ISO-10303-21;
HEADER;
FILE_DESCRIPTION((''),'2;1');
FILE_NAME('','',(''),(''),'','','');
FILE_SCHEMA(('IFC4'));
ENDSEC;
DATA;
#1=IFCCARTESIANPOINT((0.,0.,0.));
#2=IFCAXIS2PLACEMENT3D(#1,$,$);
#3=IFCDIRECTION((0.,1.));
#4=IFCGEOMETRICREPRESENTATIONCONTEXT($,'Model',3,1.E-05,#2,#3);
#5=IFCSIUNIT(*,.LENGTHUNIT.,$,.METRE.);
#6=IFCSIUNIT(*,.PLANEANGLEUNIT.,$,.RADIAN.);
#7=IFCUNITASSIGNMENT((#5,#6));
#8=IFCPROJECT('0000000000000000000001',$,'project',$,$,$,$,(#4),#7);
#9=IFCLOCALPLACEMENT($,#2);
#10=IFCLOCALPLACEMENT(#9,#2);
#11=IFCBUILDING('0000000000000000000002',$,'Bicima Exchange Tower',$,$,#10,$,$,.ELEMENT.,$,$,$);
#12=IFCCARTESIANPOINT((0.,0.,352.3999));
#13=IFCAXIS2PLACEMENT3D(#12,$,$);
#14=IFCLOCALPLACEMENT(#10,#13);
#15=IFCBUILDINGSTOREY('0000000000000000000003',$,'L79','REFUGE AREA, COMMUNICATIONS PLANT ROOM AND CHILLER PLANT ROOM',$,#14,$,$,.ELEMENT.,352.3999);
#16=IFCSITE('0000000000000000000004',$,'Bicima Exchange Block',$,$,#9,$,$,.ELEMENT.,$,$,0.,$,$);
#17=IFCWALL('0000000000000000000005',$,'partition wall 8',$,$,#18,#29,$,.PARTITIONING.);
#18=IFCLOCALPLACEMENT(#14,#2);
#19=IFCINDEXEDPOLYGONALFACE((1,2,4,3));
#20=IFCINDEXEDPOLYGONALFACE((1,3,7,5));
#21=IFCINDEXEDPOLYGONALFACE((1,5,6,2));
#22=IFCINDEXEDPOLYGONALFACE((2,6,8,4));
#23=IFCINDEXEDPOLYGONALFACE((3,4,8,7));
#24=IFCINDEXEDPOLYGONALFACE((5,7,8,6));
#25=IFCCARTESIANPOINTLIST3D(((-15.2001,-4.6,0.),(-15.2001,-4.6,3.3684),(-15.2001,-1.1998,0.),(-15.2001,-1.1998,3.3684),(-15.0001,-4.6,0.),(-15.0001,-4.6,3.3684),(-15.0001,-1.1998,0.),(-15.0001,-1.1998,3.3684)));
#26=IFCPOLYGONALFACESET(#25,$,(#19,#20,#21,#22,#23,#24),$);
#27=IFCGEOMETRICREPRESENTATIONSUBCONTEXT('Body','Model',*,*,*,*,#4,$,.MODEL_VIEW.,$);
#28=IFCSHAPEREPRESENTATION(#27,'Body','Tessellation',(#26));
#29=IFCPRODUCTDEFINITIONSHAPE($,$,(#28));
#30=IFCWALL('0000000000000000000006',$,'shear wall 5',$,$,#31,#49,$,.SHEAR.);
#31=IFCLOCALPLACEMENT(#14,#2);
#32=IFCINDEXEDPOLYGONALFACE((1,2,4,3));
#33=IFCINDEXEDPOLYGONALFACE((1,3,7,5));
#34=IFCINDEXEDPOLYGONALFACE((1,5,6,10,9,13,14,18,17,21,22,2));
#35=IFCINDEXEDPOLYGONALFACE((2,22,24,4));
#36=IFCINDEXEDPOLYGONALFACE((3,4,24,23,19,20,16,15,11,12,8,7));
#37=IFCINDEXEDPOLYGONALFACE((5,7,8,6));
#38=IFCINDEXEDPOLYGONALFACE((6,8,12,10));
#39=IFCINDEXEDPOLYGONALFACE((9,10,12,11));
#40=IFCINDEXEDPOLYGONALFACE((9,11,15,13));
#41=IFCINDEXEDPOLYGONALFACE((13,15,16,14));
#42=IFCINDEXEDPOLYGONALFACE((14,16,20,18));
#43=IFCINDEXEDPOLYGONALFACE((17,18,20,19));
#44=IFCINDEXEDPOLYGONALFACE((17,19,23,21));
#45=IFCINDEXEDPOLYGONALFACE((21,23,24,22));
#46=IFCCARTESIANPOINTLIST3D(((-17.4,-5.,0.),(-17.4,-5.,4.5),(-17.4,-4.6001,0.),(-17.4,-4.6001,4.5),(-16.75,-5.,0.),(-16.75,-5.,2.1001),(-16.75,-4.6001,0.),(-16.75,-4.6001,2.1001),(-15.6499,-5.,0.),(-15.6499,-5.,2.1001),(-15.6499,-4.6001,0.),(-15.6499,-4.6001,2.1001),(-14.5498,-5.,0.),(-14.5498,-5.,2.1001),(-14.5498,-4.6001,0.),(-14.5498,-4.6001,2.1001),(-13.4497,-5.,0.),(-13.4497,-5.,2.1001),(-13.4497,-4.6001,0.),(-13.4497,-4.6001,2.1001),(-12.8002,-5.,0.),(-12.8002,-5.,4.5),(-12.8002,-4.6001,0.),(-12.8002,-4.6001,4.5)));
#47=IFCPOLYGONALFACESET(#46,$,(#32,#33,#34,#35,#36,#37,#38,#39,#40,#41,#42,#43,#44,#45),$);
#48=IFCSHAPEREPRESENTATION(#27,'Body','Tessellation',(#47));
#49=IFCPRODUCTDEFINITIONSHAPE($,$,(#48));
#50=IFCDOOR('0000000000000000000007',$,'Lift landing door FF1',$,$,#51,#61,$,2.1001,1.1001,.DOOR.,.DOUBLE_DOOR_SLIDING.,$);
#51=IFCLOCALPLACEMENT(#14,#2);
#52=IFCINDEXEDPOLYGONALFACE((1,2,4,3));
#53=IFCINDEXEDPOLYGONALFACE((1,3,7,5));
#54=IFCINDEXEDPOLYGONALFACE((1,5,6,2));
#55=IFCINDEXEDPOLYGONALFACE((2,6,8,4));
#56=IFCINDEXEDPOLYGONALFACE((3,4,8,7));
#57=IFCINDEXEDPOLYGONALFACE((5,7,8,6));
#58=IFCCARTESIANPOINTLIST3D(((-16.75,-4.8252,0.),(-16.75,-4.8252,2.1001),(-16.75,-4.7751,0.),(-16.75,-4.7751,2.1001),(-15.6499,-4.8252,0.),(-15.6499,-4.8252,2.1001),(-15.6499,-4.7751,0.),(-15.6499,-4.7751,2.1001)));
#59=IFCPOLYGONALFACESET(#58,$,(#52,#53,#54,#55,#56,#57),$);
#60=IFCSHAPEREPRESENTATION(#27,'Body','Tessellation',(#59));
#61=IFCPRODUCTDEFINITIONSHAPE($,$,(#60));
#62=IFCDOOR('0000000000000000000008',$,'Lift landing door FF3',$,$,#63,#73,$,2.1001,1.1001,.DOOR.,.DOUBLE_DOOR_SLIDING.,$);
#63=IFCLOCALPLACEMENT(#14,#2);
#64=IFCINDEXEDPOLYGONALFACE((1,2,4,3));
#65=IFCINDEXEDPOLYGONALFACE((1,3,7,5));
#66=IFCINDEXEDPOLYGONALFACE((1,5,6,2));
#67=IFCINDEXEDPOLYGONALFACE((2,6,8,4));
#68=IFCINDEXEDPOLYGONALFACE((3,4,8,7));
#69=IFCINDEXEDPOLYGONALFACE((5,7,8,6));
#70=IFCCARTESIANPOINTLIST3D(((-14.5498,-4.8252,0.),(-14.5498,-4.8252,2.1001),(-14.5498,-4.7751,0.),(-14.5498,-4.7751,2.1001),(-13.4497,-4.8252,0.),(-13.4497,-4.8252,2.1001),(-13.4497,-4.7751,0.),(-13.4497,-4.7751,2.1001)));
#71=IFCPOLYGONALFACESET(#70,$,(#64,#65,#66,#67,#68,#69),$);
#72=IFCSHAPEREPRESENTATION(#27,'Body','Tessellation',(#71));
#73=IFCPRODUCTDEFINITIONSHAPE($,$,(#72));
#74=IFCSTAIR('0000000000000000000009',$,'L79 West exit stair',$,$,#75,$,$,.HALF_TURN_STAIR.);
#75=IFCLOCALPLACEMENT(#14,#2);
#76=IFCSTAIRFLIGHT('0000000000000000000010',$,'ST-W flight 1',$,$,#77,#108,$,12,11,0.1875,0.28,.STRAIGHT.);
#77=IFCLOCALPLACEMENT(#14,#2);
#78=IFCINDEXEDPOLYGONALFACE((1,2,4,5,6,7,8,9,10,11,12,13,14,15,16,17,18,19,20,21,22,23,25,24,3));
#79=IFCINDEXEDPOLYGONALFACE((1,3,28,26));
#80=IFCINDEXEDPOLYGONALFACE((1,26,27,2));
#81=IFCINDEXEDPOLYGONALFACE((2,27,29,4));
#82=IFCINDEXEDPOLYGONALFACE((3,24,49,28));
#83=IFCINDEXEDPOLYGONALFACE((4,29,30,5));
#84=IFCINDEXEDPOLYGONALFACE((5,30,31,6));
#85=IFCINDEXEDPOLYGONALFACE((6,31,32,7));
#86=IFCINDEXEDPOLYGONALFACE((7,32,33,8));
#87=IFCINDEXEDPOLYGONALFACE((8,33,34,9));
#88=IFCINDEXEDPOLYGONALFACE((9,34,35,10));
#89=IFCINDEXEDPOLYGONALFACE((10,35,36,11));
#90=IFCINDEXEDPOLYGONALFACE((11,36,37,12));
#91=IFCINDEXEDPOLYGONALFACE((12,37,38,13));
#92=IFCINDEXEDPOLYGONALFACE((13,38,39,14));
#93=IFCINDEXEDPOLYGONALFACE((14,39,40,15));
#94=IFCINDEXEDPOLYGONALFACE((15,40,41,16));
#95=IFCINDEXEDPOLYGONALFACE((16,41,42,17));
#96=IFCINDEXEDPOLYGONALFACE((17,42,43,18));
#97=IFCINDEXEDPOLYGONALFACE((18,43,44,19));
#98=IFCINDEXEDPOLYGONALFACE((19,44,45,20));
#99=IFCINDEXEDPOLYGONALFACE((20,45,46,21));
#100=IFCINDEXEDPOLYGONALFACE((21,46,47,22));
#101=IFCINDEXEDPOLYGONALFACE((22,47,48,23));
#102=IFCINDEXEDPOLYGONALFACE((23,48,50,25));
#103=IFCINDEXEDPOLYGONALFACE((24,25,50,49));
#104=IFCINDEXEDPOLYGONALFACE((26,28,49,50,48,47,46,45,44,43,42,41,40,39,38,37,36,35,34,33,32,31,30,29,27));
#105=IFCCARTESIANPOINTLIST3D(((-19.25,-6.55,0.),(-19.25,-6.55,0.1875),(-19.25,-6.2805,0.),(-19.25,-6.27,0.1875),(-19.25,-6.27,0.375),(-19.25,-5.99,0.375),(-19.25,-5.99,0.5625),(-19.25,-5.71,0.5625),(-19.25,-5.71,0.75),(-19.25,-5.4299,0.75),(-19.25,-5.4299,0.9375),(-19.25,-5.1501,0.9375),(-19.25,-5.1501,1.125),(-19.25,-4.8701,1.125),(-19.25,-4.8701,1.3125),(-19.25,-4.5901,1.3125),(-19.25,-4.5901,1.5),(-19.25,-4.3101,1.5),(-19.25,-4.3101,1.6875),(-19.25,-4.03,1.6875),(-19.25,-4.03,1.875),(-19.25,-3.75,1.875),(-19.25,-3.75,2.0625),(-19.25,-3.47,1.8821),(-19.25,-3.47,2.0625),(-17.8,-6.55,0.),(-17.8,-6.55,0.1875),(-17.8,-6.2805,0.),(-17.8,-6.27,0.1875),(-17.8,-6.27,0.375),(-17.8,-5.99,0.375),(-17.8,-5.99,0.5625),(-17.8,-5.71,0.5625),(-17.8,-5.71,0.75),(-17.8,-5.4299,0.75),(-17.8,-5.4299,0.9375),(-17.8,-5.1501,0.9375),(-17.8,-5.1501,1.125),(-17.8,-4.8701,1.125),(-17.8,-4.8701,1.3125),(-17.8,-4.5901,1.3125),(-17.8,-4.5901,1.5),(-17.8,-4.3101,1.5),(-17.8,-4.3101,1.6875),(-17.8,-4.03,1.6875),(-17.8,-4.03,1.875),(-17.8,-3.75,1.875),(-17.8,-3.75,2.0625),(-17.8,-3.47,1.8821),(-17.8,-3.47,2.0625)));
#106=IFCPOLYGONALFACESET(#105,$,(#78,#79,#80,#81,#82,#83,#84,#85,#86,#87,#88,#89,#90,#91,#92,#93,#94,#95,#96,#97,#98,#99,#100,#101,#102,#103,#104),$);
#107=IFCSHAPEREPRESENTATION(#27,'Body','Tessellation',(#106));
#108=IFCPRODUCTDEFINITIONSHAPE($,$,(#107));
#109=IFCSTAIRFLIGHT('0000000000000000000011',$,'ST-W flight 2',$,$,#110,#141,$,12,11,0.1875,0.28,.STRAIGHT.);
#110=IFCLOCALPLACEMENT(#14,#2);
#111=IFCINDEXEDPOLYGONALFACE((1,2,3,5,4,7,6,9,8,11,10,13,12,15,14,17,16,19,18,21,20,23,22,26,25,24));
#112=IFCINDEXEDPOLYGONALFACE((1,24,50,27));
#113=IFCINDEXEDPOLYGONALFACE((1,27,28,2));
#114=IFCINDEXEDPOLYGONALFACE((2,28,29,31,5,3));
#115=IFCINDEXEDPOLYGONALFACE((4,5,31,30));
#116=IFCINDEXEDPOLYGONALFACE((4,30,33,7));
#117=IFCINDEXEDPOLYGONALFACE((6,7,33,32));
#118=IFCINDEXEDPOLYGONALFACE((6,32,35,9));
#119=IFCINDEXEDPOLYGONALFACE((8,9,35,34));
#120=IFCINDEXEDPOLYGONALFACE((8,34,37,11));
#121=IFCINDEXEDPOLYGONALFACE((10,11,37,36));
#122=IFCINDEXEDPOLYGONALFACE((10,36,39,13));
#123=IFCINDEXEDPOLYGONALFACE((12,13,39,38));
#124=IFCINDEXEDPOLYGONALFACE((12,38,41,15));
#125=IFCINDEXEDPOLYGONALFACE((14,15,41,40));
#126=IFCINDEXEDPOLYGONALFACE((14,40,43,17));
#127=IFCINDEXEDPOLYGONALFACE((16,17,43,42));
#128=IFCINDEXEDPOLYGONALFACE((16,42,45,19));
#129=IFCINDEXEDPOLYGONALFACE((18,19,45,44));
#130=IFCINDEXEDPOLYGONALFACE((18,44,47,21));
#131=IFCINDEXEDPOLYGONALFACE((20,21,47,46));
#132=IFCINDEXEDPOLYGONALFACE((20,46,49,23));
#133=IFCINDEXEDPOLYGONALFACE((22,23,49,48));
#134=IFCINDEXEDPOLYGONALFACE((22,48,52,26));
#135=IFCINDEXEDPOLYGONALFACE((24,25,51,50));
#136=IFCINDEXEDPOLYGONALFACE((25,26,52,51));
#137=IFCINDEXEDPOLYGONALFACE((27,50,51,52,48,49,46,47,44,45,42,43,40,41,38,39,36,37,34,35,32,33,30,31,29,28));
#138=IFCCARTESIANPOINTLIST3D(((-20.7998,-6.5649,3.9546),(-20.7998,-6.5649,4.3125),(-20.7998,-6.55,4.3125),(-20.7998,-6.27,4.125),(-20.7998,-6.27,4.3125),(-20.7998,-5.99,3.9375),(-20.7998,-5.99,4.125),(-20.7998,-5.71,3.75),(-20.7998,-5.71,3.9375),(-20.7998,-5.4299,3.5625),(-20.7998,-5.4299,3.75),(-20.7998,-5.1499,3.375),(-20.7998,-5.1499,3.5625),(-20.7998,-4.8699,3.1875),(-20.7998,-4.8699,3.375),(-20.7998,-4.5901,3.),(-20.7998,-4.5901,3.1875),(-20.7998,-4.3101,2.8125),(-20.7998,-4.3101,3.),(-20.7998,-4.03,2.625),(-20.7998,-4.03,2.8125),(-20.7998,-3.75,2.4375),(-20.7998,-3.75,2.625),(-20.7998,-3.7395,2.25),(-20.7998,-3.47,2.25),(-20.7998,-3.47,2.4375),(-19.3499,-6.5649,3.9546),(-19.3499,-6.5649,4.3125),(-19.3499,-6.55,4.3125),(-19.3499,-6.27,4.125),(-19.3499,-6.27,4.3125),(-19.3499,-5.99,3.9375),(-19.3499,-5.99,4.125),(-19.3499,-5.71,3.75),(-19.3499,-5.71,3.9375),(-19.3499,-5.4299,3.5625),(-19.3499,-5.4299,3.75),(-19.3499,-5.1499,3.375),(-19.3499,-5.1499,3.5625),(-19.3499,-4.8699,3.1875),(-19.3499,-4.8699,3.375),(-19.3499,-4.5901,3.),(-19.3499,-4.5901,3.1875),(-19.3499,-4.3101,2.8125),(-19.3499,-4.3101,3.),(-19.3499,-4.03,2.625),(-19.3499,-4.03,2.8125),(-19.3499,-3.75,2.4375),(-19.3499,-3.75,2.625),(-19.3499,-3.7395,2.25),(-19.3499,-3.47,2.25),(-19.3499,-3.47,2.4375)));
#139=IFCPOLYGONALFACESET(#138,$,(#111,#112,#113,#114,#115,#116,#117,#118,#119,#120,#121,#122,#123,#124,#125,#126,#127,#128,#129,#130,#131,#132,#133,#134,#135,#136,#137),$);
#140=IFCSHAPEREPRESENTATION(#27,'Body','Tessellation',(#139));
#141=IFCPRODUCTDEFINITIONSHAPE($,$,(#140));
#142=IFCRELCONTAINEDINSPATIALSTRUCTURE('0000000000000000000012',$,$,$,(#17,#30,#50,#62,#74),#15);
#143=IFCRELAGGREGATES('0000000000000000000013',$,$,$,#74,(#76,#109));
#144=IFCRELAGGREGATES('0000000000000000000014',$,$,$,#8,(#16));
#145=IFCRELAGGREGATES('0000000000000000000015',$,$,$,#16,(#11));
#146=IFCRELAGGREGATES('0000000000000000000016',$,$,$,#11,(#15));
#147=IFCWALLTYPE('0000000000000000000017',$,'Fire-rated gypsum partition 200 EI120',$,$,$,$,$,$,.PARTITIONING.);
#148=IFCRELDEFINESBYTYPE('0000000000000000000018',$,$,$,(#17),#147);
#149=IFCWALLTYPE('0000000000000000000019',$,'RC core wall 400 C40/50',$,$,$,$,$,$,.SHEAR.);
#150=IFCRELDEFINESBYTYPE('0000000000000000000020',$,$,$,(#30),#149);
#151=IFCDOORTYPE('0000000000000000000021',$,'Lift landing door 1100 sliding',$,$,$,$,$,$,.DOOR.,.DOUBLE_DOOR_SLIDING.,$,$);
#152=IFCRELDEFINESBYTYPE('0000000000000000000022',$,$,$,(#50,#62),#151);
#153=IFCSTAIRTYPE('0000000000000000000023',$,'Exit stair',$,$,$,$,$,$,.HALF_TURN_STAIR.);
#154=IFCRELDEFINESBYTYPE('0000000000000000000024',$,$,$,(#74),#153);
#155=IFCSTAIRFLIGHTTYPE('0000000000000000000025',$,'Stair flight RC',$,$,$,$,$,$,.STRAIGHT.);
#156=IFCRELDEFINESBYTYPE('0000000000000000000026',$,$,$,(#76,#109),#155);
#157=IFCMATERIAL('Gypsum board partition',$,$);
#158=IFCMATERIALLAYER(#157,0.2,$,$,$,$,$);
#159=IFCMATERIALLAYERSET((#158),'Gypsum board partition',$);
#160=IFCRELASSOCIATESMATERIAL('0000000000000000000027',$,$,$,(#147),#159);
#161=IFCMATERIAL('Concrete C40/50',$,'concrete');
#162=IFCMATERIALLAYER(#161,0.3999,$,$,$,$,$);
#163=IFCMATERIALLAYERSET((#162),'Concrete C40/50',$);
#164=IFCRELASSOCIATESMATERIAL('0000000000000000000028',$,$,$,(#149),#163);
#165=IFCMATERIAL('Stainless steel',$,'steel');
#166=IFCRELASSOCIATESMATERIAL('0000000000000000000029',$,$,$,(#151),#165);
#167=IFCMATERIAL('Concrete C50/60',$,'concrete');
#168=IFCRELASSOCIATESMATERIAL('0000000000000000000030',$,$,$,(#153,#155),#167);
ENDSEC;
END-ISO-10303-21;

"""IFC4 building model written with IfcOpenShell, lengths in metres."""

from ifc_helpers import new_model, si_unit, direction, frame, frame_2d, origin, place, context, subcontext, project, spatial, polyline, rectangle, outline, extrude, material, layer, layer_set, type_object, element, fill, aggregate, save


model = new_model("IFC4")

# Units and contexts
model_context = context("Model", 3, precision=1e-05, world=origin(), true_north=direction((0.0, 1.0)))
body_context = subcontext(model_context, "Body", "Model", "MODEL_VIEW")
ifc_project = project(units=[si_unit("LENGTHUNIT", "METRE"), si_unit("PLANEANGLEUNIT", "RADIAN")], contexts=[model_context])

# Site, building, storey
site_placement = place(None, origin())
site = spatial("IfcSite", under=ifc_project, at=site_placement, Name="Bicima Exchange Block", CompositionType="ELEMENT", RefElevation=0.0)
building_placement = place(site_placement, origin())
building = spatial("IfcBuilding", under=site, at=building_placement, Name="Bicima Exchange Tower", CompositionType="ELEMENT")
storey_placement = place(building_placement, frame((0.0, 0.0, 352.3999)))
storey = spatial("IfcBuildingStorey", under=building, at=storey_placement, Name="L79", Description="REFUGE AREA, COMMUNICATIONS PLANT ROOM AND CHILLER PLANT ROOM", CompositionType="ELEMENT", Elevation=352.3999)

# Wall
ifc_material_1 = material(Name="Gypsum board partition")
ifc_layer_1 = layer(ifc_material_1, 0.2)
ifc_layer_set_1 = layer_set([ifc_layer_1], Name="Gypsum board partition")
wall_type_1 = type_object("IfcWallType", Name="Fire-rated gypsum partition 200 EI120", PredefinedType="PARTITIONING", material=ifc_layer_set_1)
wall_1_placement = place(storey_placement, frame((-15.1001, -4.6001, 0.0), z_axis=(0.0, 0.0, 1.0), x_axis=(0.0, 1.0, 0.0)))
element("IfcWall", 1, at=wall_1_placement, inside=storey, type_object=wall_type_1, Name="partition wall 8", PredefinedType="PARTITIONING", context=body_context, shape_type="SweptSolid", body=[
    extrude(rectangle(XDim=3.4001, YDim=0.2, at=frame_2d((1.7002, 0.0))), origin(), (0.0, 0.0, 1.0), 3.3684),
])

# Wall, openings, doors
ifc_material_2 = material(Name="Concrete C40/50", Category="concrete")
ifc_layer_2 = layer(ifc_material_2, 0.3999)
ifc_layer_set_2 = layer_set([ifc_layer_2], Name="Concrete C40/50")
wall_type_2 = type_object("IfcWallType", Name="RC core wall 400 C40/50", PredefinedType="SHEAR", material=ifc_layer_set_2)
wall_2_placement = place(storey_placement, frame((-17.3999, -4.8, 0.0), z_axis=(0.0, 0.0, 1.0), x_axis=(1.0, 0.0, 0.0)))
wall_2 = element("IfcWall", 2, at=wall_2_placement, inside=storey, type_object=wall_type_2, Name="shear wall 5", PredefinedType="SHEAR", context=body_context, shape_type="SweptSolid", body=[
    extrude(rectangle(XDim=4.5999, YDim=0.3999, at=frame_2d((2.2998, 0.0))), origin(), (0.0, 0.0, 1.0), 4.5),
])
opening_1_placement = place(wall_2_placement, frame((0.6499, 0.0, 0.0)))
opening_1 = element("IfcOpeningElement", 3, at=opening_1_placement, cuts=wall_2, PredefinedType="OPENING", context=body_context, shape_type="SweptSolid", body=[
    extrude(rectangle(XDim=1.1001, YDim=2.1001, at=frame_2d((0.55, 1.05))), frame((0.0, 0.2119, 0.0), z_axis=(0.0, -1.0, 0.0), x_axis=(1.0, 0.0, 0.0)), (0.0, 0.0, 1.0), 0.4238),
])
opening_2_placement = place(wall_2_placement, frame((2.8501, 0.0, 0.0)))
opening_2 = element("IfcOpeningElement", 4, at=opening_2_placement, cuts=wall_2, PredefinedType="OPENING", context=body_context, shape_type="SweptSolid", body=[
    extrude(rectangle(XDim=1.1001, YDim=2.1001, at=frame_2d((0.55, 1.05))), frame((0.0, 0.2119, 0.0), z_axis=(0.0, -1.0, 0.0), x_axis=(1.0, 0.0, 0.0)), (0.0, 0.0, 1.0), 0.4238),
])
ifc_material_3 = material(Name="Stainless steel", Category="steel")
door_type = type_object("IfcDoorType", Name="Lift landing door 1100 sliding", OperationType="DOUBLE_DOOR_SLIDING", PredefinedType="DOOR", material=ifc_material_3)
door_1_placement = place(opening_1_placement, origin())
door_1 = element("IfcDoor", 5, at=door_1_placement, inside=storey, type_object=door_type, Name="Lift landing door FF1", OperationType="DOUBLE_DOOR_SLIDING", OverallHeight=2.1001, OverallWidth=1.1001, PredefinedType="DOOR", context=body_context, shape_type="SweptSolid", body=[
    extrude(rectangle(XDim=1.1001, YDim=2.1001, at=frame_2d((0.55, 1.05))), frame((0.0, 0.0249, 0.0), z_axis=(0.0, -1.0, 0.0), x_axis=(1.0, 0.0, 0.0)), (0.0, 0.0, 1.0), 0.05),
])
fill(opening_1, door_1)
door_2_placement = place(opening_2_placement, origin())
door_2 = element("IfcDoor", 6, at=door_2_placement, inside=storey, type_object=door_type, Name="Lift landing door FF3", OperationType="DOUBLE_DOOR_SLIDING", OverallHeight=2.1001, OverallWidth=1.1001, PredefinedType="DOOR", context=body_context, shape_type="SweptSolid", body=[
    extrude(rectangle(XDim=1.1001, YDim=2.1001, at=frame_2d((0.55, 1.05))), frame((0.0, 0.0249, 0.0), z_axis=(0.0, -1.0, 0.0), x_axis=(1.0, 0.0, 0.0)), (0.0, 0.0, 1.0), 0.05),
])
fill(opening_2, door_2)

# Stair, stair flights
ifc_material_4 = material(Name="Concrete C50/60", Category="concrete")
stair_type = type_object("IfcStairType", Name="Exit stair", PredefinedType="HALF_TURN_STAIR", material=ifc_material_4)
stair_placement = place(storey_placement, origin())
stair = element("IfcStair", 7, at=stair_placement, inside=storey, type_object=stair_type, Name="L79 West exit stair", PredefinedType="HALF_TURN_STAIR")
stair_flight_type = type_object("IfcStairFlightType", Name="Stair flight RC", PredefinedType="STRAIGHT", material=ifc_material_4)
stair_flight_1_placement = place(storey_placement, frame((-18.5249, -6.55, 0.0), z_axis=(0.0, 0.0, 1.0), x_axis=(0.0, 1.0, 0.0)))
stair_flight_1 = element("IfcStairFlight", 8, at=stair_flight_1_placement, type_object=stair_flight_type, Name="ST-W flight 1", NumberOfRisers=12, NumberOfTreads=11, PredefinedType="STRAIGHT", RiserHeight=0.1875, TreadLength=0.28, context=body_context, shape_type="SweptSolid", body=[
    extrude(outline(polyline([(0.0, 0.0), (0.0, 0.1875), (0.28, 0.1875), (0.28, 0.375), (0.5601, 0.375), (0.5601, 0.5625), (0.8401, 0.5625), (0.8401, 0.75), (1.1201, 0.75), (1.1201, 0.9375), (1.3999, 0.9375), (1.3999, 1.125), (1.6799, 1.125), (1.6799, 1.3125), (1.96, 1.3125), (1.96, 1.5), (2.24, 1.5), (2.24, 1.6875), (2.52, 1.6875), (2.52, 1.875), (2.8, 1.875), (2.8, 2.0625), (3.0801, 2.0625), (3.0801, 2.25), (3.0801, 1.8821), (0.2695, 0.0), (0.0, 0.0)])), frame((0.0, 0.7251, 0.0), z_axis=(0.0, -1.0, 0.0), x_axis=(1.0, 0.0, 0.0)), (0.0, 0.0, 1.0), 1.45),
])
stair_flight_2_placement = place(storey_placement, frame((-20.075, -3.47, 2.25), z_axis=(0.0, 0.0, 1.0), x_axis=(0.0, -1.0, 0.0)))
stair_flight_2 = element("IfcStairFlight", 9, at=stair_flight_2_placement, type_object=stair_flight_type, Name="ST-W flight 2", NumberOfRisers=12, NumberOfTreads=11, PredefinedType="STRAIGHT", RiserHeight=0.1875, TreadLength=0.28, context=body_context, shape_type="SweptSolid", body=[
    extrude(outline(polyline([(0.0, 0.0), (0.0, 0.1875), (0.28, 0.1875), (0.28, 0.375), (0.5601, 0.375), (0.5601, 0.5625), (0.8401, 0.5625), (0.8401, 0.75), (1.1201, 0.75), (1.1201, 0.9375), (1.3999, 0.9375), (1.3999, 1.125), (1.6799, 1.125), (1.6799, 1.3125), (1.96, 1.3125), (1.96, 1.5), (2.24, 1.5), (2.24, 1.6875), (2.52, 1.6875), (2.52, 1.875), (2.8, 1.875), (2.8, 2.0625), (3.0801, 2.0625), (3.095, 2.0625), (3.095, 1.7046), (0.2695, 0.0), (0.0, 0.0)])), frame((0.0, 0.7251, 0.0), z_axis=(0.0, -1.0, 0.0), x_axis=(1.0, 0.0, 0.0)), (0.0, 0.0, 1.0), 1.45),
])
aggregate(stair, [stair_flight_1, stair_flight_2])

save(model, "model.ifc")
